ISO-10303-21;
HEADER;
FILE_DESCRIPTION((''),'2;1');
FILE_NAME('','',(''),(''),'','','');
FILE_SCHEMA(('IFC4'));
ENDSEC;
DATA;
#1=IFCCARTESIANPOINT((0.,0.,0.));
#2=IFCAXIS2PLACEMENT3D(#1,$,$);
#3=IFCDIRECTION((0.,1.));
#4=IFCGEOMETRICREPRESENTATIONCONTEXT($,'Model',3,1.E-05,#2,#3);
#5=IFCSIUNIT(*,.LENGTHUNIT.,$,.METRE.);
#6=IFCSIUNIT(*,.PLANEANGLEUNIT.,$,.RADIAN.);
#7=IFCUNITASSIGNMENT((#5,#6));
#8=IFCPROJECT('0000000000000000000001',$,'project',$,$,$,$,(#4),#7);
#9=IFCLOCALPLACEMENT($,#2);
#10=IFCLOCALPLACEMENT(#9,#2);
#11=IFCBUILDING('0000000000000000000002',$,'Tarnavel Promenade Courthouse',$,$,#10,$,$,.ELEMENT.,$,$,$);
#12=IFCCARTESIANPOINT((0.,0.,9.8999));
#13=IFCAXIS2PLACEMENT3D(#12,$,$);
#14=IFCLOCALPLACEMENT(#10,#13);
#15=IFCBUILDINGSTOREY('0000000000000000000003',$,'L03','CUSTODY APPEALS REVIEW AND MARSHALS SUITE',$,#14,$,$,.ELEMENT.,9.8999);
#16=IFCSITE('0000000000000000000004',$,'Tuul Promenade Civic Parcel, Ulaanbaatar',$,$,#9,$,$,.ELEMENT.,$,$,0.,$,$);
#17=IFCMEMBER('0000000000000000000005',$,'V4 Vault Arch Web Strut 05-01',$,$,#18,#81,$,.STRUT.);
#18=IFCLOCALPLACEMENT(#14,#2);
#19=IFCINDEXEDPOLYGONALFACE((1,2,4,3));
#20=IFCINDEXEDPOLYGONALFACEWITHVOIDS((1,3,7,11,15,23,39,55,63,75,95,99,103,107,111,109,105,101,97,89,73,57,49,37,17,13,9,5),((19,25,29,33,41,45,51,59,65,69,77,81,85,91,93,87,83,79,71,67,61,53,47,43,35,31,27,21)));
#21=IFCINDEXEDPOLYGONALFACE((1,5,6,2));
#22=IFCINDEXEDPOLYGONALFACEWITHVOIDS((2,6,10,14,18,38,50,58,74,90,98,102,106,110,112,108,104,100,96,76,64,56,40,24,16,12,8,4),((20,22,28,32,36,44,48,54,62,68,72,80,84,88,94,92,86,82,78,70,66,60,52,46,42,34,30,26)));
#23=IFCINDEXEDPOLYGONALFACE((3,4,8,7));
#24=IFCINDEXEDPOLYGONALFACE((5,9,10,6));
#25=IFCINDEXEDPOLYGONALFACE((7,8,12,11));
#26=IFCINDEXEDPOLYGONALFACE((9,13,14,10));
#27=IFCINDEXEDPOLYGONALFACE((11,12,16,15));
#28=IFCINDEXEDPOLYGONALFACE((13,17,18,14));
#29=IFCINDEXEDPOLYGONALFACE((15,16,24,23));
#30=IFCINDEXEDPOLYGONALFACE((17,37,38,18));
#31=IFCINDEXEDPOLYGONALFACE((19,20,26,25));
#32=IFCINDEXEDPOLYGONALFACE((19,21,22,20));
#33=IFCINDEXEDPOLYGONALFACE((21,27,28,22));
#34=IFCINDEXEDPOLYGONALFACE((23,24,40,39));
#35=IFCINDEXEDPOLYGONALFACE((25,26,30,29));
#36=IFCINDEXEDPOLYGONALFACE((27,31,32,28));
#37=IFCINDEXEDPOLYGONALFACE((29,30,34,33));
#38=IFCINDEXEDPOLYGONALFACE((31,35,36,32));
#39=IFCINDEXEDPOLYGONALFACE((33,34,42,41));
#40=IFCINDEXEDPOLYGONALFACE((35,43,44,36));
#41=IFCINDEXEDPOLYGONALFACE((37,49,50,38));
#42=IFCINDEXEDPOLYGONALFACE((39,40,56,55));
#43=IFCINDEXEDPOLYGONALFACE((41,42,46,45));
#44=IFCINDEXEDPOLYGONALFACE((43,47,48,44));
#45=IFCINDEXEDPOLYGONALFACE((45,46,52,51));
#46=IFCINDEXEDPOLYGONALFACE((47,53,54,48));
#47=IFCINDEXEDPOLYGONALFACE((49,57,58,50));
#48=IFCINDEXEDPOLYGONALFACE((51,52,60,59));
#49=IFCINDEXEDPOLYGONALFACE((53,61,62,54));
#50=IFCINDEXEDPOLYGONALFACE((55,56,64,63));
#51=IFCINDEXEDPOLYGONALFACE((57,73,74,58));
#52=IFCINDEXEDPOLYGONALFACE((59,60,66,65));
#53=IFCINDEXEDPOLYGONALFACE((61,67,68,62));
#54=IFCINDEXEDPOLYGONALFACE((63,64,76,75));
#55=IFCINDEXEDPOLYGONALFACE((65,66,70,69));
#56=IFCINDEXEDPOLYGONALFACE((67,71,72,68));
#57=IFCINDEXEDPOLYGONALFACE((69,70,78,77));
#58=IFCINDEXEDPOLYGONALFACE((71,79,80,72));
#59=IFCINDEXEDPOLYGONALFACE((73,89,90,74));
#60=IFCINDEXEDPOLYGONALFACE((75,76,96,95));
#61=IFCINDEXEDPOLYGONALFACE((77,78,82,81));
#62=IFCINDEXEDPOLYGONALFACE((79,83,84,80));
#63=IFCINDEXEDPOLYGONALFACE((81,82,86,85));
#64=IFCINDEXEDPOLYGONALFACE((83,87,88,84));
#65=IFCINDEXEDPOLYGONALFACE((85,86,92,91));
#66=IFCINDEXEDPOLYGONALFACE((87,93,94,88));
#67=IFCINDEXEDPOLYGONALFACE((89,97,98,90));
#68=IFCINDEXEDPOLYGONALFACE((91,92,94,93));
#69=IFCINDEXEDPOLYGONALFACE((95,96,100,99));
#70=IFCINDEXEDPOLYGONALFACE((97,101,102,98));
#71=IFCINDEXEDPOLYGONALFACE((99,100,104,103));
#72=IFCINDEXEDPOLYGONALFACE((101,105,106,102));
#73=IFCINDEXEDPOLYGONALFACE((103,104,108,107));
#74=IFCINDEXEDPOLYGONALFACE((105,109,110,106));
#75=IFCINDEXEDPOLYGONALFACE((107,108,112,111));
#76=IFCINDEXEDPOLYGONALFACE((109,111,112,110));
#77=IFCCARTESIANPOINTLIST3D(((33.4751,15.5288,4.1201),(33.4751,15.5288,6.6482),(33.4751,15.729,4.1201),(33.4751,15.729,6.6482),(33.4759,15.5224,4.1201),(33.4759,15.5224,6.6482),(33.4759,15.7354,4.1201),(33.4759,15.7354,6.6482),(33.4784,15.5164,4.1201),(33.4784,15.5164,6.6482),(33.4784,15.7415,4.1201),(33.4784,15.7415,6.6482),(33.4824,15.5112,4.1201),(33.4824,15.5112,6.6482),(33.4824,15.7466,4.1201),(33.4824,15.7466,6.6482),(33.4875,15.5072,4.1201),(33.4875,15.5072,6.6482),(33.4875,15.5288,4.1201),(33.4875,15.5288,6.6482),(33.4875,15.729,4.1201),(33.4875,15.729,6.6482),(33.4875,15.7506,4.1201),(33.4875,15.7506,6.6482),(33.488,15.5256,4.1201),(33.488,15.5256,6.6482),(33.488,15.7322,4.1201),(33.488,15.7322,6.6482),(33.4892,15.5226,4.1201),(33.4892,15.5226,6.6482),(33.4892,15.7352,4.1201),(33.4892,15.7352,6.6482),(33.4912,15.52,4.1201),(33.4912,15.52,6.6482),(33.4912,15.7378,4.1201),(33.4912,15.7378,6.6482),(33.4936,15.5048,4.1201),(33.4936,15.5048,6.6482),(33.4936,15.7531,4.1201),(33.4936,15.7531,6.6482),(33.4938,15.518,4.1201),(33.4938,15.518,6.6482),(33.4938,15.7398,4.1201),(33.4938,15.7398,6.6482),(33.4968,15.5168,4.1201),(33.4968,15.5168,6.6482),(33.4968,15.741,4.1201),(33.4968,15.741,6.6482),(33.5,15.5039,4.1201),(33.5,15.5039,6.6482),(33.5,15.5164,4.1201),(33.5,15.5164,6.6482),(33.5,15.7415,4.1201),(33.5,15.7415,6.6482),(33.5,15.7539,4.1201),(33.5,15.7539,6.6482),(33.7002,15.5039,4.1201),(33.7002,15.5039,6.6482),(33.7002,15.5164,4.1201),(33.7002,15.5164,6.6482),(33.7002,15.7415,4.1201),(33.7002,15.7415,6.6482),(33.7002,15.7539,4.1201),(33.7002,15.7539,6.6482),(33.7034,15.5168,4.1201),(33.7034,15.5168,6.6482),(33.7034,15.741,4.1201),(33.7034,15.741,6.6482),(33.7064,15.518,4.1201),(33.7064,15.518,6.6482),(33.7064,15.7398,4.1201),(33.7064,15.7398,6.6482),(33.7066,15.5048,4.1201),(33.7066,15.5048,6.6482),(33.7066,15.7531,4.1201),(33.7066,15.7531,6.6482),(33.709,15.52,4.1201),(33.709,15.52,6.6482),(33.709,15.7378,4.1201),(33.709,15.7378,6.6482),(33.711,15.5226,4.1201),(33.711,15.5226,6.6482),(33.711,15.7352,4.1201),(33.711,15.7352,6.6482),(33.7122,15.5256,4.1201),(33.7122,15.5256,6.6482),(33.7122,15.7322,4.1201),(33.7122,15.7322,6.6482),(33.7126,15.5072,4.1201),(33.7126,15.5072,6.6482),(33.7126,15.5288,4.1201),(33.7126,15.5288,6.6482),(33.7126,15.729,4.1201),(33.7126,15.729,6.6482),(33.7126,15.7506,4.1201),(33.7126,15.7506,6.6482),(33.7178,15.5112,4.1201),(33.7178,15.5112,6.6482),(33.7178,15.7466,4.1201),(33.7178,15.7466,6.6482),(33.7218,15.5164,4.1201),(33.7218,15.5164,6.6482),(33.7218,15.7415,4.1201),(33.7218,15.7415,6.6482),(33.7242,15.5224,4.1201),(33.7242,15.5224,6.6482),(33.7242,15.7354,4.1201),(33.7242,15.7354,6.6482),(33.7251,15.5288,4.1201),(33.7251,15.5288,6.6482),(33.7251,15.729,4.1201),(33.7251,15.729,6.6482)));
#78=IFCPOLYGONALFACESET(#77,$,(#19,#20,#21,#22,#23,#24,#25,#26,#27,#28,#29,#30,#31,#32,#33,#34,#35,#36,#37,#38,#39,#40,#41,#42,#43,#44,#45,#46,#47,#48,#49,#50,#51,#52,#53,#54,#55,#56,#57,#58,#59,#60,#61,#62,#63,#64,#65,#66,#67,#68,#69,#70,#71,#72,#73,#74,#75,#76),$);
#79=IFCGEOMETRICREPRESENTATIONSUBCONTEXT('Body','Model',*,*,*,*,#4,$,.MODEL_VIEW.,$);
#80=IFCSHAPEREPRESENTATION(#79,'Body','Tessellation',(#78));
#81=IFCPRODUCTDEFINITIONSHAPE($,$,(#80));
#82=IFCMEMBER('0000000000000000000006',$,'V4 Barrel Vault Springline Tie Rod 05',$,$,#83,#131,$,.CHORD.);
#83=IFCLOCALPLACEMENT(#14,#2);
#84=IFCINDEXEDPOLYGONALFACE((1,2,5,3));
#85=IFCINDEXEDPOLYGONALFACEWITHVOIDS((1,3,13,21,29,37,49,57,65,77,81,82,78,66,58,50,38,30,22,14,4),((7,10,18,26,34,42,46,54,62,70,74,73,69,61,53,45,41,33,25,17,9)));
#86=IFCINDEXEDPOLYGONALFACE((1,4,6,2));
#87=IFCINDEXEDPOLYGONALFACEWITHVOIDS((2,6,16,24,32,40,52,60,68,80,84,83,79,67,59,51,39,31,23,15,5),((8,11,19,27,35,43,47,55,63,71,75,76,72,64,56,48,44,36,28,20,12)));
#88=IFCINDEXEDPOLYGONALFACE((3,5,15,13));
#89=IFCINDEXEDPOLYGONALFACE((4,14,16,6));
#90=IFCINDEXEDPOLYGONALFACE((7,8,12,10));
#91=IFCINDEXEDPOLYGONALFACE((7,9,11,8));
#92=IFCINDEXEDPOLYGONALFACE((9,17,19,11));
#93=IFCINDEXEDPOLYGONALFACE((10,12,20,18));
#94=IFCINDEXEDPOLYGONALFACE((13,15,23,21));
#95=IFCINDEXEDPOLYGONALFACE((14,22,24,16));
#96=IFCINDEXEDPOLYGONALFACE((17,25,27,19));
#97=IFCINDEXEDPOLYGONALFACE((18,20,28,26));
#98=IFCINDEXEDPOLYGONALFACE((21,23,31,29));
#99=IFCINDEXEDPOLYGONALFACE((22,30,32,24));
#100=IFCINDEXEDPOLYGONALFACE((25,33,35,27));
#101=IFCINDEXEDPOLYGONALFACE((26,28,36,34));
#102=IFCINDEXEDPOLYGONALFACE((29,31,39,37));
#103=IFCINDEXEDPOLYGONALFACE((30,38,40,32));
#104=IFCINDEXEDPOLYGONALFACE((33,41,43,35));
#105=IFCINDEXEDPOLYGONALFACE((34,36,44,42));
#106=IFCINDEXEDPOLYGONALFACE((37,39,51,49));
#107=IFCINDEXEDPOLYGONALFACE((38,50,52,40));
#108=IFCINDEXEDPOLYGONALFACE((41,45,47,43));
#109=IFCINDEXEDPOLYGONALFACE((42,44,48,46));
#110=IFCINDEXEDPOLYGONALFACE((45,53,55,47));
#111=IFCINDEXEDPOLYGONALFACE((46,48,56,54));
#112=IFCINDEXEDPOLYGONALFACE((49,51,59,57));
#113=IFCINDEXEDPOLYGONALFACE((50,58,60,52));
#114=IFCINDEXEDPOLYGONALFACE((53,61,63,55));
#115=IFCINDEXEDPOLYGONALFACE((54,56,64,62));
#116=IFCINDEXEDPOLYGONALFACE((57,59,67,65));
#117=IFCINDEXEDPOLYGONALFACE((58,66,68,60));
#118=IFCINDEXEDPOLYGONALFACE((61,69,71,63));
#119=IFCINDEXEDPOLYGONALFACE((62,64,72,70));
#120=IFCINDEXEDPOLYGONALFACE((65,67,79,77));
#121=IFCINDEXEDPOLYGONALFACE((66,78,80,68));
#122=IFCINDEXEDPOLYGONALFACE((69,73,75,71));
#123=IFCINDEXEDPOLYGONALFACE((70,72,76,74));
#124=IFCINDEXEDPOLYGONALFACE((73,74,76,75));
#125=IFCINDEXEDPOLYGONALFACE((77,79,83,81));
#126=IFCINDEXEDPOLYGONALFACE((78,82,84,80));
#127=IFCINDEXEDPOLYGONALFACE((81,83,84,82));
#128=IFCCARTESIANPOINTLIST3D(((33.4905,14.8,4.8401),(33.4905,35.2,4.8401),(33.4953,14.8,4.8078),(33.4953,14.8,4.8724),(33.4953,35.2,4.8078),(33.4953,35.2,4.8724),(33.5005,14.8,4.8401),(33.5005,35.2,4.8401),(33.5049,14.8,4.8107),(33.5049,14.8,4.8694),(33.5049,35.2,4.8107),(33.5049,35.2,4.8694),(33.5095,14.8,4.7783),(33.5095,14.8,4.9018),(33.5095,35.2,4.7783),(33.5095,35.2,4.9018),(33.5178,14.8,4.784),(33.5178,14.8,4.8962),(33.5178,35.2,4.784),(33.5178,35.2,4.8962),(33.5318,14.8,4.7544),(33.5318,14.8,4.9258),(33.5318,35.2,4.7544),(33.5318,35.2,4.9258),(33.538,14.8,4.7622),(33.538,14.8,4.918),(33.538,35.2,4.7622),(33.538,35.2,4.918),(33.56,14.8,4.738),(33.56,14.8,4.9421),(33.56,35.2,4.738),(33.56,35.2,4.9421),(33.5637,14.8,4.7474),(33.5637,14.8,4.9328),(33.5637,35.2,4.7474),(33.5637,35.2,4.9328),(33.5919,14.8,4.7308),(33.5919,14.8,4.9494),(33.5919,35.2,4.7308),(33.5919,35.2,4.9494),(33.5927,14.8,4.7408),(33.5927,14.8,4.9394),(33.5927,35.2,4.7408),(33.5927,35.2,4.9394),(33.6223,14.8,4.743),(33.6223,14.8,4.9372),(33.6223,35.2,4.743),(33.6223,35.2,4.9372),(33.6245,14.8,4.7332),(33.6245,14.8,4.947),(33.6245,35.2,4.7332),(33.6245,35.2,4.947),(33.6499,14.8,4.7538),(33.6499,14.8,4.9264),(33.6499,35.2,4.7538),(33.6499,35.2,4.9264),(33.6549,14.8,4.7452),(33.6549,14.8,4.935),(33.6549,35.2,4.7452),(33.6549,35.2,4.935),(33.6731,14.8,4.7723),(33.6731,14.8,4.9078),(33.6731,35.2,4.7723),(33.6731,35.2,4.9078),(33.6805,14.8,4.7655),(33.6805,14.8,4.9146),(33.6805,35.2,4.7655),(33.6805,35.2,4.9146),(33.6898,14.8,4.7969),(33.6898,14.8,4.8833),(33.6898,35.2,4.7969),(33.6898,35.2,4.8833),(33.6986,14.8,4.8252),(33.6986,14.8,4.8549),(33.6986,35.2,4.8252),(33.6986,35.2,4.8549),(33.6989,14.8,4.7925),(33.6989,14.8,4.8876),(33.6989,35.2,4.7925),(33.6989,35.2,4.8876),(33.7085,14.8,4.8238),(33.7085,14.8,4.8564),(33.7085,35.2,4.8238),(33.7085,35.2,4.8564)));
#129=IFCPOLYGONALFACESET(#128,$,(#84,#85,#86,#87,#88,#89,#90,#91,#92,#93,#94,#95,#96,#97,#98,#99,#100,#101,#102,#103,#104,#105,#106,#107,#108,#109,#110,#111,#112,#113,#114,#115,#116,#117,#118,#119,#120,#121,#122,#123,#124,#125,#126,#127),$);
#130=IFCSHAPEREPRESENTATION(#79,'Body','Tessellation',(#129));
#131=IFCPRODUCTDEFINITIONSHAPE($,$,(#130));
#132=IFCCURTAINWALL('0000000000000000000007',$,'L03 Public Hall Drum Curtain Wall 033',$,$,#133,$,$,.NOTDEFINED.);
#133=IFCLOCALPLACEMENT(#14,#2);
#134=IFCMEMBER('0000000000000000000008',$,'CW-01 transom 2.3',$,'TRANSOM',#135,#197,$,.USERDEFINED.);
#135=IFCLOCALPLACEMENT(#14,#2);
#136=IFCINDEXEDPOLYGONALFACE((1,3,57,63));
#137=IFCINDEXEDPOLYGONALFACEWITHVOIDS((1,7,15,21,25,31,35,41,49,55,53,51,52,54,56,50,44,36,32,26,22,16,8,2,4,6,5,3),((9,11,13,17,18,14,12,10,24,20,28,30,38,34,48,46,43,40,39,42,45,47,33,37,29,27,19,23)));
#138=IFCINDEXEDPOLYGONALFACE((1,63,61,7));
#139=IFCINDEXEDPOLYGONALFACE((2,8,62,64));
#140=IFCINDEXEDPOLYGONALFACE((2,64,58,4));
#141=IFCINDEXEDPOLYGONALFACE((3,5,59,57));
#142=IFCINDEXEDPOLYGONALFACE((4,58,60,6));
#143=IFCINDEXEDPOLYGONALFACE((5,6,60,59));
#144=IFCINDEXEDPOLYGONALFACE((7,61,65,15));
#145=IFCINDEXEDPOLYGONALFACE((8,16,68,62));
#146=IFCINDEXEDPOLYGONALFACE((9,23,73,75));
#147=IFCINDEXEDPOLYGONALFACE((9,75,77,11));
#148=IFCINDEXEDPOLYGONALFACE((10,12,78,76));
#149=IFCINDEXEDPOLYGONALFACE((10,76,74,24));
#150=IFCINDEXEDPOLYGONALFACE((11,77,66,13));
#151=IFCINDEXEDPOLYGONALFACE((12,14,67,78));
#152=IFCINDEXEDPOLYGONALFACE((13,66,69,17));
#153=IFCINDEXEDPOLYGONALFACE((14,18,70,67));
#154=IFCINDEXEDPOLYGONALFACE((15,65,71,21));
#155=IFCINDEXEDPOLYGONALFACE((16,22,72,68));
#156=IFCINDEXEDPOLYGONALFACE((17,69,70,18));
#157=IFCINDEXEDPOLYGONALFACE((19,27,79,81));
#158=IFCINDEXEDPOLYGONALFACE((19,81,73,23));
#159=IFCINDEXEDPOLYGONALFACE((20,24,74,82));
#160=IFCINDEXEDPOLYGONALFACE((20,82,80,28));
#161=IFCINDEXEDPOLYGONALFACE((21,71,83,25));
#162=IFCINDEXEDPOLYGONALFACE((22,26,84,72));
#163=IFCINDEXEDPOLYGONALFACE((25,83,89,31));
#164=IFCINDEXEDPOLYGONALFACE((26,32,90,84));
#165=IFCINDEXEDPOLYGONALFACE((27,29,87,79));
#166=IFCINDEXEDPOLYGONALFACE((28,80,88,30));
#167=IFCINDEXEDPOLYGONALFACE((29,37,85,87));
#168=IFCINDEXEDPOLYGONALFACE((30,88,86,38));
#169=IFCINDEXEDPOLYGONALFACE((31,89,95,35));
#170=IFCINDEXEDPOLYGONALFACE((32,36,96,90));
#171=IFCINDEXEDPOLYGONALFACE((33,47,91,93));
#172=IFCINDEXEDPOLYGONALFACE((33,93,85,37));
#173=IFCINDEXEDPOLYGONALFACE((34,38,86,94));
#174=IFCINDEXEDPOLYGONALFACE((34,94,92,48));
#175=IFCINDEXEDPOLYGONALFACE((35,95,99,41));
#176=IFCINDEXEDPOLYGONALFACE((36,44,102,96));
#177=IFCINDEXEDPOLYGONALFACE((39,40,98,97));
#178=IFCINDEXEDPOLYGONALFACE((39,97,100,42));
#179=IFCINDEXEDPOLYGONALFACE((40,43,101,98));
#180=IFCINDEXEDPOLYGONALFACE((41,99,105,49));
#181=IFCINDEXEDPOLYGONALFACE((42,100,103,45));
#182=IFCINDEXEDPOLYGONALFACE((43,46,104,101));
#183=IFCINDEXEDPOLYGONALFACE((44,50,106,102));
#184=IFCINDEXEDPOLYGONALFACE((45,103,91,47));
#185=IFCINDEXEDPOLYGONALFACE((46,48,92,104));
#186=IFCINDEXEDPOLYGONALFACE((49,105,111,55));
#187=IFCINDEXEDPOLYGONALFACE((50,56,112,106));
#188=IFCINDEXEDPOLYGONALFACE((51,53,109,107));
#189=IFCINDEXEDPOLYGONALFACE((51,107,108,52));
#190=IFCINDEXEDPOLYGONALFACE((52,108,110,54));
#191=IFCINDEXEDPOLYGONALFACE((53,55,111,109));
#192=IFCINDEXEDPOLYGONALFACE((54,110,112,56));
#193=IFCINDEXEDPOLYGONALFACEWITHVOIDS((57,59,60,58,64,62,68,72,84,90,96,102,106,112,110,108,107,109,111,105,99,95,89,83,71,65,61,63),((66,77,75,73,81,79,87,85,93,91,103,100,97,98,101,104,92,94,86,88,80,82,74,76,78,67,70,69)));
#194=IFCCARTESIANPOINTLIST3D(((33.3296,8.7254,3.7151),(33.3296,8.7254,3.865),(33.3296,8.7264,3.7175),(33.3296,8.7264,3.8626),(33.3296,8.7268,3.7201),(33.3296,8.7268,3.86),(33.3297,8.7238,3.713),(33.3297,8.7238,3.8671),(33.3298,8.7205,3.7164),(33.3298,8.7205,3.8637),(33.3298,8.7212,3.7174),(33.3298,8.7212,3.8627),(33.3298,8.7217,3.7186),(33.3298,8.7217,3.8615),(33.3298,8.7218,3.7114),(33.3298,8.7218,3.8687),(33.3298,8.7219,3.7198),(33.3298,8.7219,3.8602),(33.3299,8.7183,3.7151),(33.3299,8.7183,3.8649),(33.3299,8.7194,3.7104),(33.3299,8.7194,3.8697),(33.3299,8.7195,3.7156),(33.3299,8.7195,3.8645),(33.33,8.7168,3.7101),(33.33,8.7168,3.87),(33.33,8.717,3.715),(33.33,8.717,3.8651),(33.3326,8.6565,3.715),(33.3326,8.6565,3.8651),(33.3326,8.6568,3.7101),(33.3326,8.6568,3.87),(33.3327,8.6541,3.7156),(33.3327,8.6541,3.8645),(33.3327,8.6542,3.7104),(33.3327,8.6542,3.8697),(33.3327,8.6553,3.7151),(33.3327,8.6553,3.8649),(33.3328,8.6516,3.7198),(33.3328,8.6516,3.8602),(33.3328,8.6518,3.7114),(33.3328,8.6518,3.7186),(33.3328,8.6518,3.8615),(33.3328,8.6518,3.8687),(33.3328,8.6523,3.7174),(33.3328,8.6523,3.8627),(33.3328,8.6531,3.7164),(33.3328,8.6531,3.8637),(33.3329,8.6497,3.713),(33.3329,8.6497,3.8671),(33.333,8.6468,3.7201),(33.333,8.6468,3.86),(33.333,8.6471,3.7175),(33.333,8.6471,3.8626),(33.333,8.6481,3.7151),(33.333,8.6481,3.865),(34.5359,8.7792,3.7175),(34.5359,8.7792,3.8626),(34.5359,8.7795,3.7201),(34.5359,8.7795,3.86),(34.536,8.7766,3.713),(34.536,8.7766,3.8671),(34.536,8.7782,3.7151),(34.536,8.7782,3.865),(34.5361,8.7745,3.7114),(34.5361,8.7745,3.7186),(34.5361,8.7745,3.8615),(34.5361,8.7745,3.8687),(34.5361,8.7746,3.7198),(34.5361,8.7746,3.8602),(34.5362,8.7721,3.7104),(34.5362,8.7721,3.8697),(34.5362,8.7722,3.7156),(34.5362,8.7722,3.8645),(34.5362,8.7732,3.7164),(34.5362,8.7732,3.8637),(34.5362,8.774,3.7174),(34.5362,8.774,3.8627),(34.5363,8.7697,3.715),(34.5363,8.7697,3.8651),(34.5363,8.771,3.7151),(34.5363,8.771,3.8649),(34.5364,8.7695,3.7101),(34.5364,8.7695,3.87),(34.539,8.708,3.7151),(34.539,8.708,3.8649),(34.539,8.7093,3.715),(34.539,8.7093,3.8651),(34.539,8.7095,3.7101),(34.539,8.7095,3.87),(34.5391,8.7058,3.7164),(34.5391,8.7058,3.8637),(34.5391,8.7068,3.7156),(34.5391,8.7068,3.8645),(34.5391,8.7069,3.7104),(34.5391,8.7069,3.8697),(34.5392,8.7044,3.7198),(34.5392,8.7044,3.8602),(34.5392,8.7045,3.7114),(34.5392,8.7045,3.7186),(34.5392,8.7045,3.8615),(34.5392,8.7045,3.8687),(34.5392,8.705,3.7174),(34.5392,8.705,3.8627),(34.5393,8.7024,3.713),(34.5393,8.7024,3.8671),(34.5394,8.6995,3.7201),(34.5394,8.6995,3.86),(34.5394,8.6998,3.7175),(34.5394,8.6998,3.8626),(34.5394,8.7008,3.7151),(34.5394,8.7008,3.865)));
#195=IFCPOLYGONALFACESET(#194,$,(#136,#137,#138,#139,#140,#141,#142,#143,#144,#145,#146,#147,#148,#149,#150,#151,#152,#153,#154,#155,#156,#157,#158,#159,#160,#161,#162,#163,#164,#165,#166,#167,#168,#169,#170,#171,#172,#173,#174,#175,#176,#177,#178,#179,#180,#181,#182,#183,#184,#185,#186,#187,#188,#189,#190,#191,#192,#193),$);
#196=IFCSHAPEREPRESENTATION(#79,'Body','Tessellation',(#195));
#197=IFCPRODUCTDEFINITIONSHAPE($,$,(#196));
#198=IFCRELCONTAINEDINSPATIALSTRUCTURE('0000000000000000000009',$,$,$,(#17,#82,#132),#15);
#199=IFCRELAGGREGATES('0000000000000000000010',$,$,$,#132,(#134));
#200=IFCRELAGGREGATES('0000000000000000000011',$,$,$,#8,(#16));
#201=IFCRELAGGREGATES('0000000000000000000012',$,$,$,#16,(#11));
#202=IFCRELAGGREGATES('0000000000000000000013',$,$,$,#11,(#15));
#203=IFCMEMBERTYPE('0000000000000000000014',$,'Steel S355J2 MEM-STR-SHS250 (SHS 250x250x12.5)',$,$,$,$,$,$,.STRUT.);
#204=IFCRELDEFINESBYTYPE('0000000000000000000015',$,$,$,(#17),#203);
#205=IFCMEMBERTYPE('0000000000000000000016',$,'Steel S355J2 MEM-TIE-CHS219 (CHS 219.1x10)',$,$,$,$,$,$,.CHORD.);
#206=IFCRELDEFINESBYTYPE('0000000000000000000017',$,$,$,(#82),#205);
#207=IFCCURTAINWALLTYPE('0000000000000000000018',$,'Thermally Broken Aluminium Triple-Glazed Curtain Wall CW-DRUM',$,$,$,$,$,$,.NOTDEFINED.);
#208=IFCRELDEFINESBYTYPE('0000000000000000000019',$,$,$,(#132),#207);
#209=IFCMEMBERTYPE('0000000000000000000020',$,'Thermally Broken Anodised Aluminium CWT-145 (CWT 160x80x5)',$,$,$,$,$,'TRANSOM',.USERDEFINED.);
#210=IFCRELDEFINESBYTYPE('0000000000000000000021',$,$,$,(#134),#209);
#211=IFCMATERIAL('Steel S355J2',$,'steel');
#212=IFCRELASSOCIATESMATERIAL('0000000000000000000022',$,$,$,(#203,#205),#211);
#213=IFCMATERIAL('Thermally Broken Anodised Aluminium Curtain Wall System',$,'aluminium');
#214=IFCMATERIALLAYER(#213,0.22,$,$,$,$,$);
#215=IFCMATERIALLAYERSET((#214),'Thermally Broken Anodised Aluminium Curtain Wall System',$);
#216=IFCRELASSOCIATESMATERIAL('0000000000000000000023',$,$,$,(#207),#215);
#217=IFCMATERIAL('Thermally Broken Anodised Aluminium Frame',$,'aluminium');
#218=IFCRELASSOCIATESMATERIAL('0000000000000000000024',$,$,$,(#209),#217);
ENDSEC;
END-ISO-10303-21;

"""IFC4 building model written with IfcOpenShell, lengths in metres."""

from ifc_helpers import new_model, si_unit, direction, frame, origin, origin_2d, place, context, subcontext, project, spatial, hollow_rectangle, hollow_circle, extrude, material, layer, layer_set, material_profile, profile_set, type_object, element, aggregate, save


model = new_model("IFC4")

# Units and contexts
model_context = context("Model", 3, precision=1e-05, world=origin(), true_north=direction((0.0, 1.0)))
body_context = subcontext(model_context, "Body", "Model", "MODEL_VIEW")
ifc_project = project(units=[si_unit("LENGTHUNIT", "METRE"), si_unit("PLANEANGLEUNIT", "RADIAN")], contexts=[model_context])

# Site, building, storey
site_placement = place(None, origin())
site = spatial("IfcSite", under=ifc_project, at=site_placement, Name="Tuul Promenade Civic Parcel, Ulaanbaatar", CompositionType="ELEMENT", RefElevation=0.0)
building_placement = place(site_placement, origin())
building = spatial("IfcBuilding", under=site, at=building_placement, Name="Tarnavel Promenade Courthouse", CompositionType="ELEMENT")
storey_placement = place(building_placement, frame((0.0, 0.0, 9.8999)))
storey = spatial("IfcBuildingStorey", under=building, at=storey_placement, Name="L03", Description="CUSTODY APPEALS REVIEW AND MARSHALS SUITE", CompositionType="ELEMENT", Elevation=9.8999)

# Shared definitions
ifc_material_1 = material(Name="Steel S355J2", Category="steel")

# Members
ifc_material_profile_1 = material_profile(ifc_material_1, hollow_rectangle(XDim=0.25, YDim=0.25, WallThickness=0.0125, InnerFilletRadius=0.0125, OuterFilletRadius=0.0249, at=origin_2d()), Name="SHS 250x250x12.5")
ifc_profile_set_1 = profile_set([ifc_material_profile_1], Name="Steel S355J2")
member_type_1 = type_object("IfcMemberType", Name="Steel S355J2 MEM-STR-SHS250 (SHS 250x250x12.5)", PredefinedType="STRUT", material=ifc_profile_set_1)
member_1_placement = place(storey_placement, frame((33.6001, 15.6289, 4.1201), z_axis=(0.0, 0.0, 1.0), x_axis=(1.0, 0.0, 0.0)))
element("IfcMember", 1, at=member_1_placement, inside=storey, type_object=member_type_1, Name="V4 Vault Arch Web Strut 05-01", PredefinedType="STRUT", context=body_context, shape_type="SweptSolid", body=[
    extrude(hollow_rectangle(XDim=0.25, YDim=0.25, WallThickness=0.0125, InnerFilletRadius=0.0125, OuterFilletRadius=0.0249, at=origin_2d()), origin(), (0.0, 0.0, 1.0), 2.5281),
])
ifc_material_profile_2 = material_profile(ifc_material_1, hollow_circle(Radius=0.1096, WallThickness=0.01, at=origin_2d()), Name="CHS 219.1x10")
ifc_profile_set_2 = profile_set([ifc_material_profile_2], Name="Steel S355J2")
member_type_2 = type_object("IfcMemberType", Name="Steel S355J2 MEM-TIE-CHS219 (CHS 219.1x10)", PredefinedType="CHORD", material=ifc_profile_set_2)
member_2_placement = place(storey_placement, frame((33.6001, 14.8, 4.8401), z_axis=(0.0, 1.0, 0.0), x_axis=(-1.0, 0.0, 0.0)))
element("IfcMember", 2, at=member_2_placement, inside=storey, type_object=member_type_2, Name="V4 Barrel Vault Springline Tie Rod 05", PredefinedType="CHORD", context=body_context, shape_type="SweptSolid", body=[
    extrude(hollow_circle(Radius=0.1096, WallThickness=0.01, at=origin_2d()), origin(), (0.0, 0.0, 1.0), 20.3999),
])

# Curtain wall, member
ifc_material_2 = material(Name="Thermally Broken Anodised Aluminium Curtain Wall System", Category="aluminium")
ifc_layer_1 = layer(ifc_material_2, 0.22)
ifc_layer_set_1 = layer_set([ifc_layer_1], Name="Thermally Broken Anodised Aluminium Curtain Wall System")
curtain_wall_type = type_object("IfcCurtainWallType", Name="Thermally Broken Aluminium Triple-Glazed Curtain Wall CW-DRUM", PredefinedType="NOTDEFINED", material=ifc_layer_set_1)
curtain_wall_1_placement = place(storey_placement, origin())
curtain_wall_1 = element("IfcCurtainWall", 3, at=curtain_wall_1_placement, inside=storey, type_object=curtain_wall_type, Name="L03 Public Hall Drum Curtain Wall 033", PredefinedType="NOTDEFINED")
ifc_material_3 = material(Name="Thermally Broken Anodised Aluminium Frame", Category="aluminium")
ifc_material_profile_3 = material_profile(ifc_material_3, hollow_rectangle(XDim=0.0801, YDim=0.1599, WallThickness=0.0049, InnerFilletRadius=0.0049, OuterFilletRadius=0.01, at=origin_2d()), Name="CWT 160x80x5")
ifc_profile_set_3 = profile_set([ifc_material_profile_3], Name="Thermally Broken Anodised Aluminium Frame")
member_type_3 = type_object("IfcMemberType", Name="Thermally Broken Anodised Aluminium CWT-145 (CWT 160x80x5)", ElementType="TRANSOM", PredefinedType="USERDEFINED", material=ifc_profile_set_3)
member_3_placement = place(storey_placement, frame((33.3313, 8.6868, 3.79), z_axis=(0.999046, 0.043674, 0.0), x_axis=(-0.043674, 0.999046, 0.0)))
member_3 = element("IfcMember", 4, at=member_3_placement, type_object=member_type_3, Name="CW-01 transom 2.3", ObjectType="TRANSOM", PredefinedType="USERDEFINED", context=body_context, shape_type="SweptSolid", body=[
    extrude(hollow_rectangle(XDim=0.0801, YDim=0.1599, WallThickness=0.0049, InnerFilletRadius=0.0049, OuterFilletRadius=0.01, at=origin_2d()), origin(), (0.0, 0.0, 1.0), 1.2075),
])

aggregate(curtain_wall_1, [member_3])

save(model, "model.ifc")
